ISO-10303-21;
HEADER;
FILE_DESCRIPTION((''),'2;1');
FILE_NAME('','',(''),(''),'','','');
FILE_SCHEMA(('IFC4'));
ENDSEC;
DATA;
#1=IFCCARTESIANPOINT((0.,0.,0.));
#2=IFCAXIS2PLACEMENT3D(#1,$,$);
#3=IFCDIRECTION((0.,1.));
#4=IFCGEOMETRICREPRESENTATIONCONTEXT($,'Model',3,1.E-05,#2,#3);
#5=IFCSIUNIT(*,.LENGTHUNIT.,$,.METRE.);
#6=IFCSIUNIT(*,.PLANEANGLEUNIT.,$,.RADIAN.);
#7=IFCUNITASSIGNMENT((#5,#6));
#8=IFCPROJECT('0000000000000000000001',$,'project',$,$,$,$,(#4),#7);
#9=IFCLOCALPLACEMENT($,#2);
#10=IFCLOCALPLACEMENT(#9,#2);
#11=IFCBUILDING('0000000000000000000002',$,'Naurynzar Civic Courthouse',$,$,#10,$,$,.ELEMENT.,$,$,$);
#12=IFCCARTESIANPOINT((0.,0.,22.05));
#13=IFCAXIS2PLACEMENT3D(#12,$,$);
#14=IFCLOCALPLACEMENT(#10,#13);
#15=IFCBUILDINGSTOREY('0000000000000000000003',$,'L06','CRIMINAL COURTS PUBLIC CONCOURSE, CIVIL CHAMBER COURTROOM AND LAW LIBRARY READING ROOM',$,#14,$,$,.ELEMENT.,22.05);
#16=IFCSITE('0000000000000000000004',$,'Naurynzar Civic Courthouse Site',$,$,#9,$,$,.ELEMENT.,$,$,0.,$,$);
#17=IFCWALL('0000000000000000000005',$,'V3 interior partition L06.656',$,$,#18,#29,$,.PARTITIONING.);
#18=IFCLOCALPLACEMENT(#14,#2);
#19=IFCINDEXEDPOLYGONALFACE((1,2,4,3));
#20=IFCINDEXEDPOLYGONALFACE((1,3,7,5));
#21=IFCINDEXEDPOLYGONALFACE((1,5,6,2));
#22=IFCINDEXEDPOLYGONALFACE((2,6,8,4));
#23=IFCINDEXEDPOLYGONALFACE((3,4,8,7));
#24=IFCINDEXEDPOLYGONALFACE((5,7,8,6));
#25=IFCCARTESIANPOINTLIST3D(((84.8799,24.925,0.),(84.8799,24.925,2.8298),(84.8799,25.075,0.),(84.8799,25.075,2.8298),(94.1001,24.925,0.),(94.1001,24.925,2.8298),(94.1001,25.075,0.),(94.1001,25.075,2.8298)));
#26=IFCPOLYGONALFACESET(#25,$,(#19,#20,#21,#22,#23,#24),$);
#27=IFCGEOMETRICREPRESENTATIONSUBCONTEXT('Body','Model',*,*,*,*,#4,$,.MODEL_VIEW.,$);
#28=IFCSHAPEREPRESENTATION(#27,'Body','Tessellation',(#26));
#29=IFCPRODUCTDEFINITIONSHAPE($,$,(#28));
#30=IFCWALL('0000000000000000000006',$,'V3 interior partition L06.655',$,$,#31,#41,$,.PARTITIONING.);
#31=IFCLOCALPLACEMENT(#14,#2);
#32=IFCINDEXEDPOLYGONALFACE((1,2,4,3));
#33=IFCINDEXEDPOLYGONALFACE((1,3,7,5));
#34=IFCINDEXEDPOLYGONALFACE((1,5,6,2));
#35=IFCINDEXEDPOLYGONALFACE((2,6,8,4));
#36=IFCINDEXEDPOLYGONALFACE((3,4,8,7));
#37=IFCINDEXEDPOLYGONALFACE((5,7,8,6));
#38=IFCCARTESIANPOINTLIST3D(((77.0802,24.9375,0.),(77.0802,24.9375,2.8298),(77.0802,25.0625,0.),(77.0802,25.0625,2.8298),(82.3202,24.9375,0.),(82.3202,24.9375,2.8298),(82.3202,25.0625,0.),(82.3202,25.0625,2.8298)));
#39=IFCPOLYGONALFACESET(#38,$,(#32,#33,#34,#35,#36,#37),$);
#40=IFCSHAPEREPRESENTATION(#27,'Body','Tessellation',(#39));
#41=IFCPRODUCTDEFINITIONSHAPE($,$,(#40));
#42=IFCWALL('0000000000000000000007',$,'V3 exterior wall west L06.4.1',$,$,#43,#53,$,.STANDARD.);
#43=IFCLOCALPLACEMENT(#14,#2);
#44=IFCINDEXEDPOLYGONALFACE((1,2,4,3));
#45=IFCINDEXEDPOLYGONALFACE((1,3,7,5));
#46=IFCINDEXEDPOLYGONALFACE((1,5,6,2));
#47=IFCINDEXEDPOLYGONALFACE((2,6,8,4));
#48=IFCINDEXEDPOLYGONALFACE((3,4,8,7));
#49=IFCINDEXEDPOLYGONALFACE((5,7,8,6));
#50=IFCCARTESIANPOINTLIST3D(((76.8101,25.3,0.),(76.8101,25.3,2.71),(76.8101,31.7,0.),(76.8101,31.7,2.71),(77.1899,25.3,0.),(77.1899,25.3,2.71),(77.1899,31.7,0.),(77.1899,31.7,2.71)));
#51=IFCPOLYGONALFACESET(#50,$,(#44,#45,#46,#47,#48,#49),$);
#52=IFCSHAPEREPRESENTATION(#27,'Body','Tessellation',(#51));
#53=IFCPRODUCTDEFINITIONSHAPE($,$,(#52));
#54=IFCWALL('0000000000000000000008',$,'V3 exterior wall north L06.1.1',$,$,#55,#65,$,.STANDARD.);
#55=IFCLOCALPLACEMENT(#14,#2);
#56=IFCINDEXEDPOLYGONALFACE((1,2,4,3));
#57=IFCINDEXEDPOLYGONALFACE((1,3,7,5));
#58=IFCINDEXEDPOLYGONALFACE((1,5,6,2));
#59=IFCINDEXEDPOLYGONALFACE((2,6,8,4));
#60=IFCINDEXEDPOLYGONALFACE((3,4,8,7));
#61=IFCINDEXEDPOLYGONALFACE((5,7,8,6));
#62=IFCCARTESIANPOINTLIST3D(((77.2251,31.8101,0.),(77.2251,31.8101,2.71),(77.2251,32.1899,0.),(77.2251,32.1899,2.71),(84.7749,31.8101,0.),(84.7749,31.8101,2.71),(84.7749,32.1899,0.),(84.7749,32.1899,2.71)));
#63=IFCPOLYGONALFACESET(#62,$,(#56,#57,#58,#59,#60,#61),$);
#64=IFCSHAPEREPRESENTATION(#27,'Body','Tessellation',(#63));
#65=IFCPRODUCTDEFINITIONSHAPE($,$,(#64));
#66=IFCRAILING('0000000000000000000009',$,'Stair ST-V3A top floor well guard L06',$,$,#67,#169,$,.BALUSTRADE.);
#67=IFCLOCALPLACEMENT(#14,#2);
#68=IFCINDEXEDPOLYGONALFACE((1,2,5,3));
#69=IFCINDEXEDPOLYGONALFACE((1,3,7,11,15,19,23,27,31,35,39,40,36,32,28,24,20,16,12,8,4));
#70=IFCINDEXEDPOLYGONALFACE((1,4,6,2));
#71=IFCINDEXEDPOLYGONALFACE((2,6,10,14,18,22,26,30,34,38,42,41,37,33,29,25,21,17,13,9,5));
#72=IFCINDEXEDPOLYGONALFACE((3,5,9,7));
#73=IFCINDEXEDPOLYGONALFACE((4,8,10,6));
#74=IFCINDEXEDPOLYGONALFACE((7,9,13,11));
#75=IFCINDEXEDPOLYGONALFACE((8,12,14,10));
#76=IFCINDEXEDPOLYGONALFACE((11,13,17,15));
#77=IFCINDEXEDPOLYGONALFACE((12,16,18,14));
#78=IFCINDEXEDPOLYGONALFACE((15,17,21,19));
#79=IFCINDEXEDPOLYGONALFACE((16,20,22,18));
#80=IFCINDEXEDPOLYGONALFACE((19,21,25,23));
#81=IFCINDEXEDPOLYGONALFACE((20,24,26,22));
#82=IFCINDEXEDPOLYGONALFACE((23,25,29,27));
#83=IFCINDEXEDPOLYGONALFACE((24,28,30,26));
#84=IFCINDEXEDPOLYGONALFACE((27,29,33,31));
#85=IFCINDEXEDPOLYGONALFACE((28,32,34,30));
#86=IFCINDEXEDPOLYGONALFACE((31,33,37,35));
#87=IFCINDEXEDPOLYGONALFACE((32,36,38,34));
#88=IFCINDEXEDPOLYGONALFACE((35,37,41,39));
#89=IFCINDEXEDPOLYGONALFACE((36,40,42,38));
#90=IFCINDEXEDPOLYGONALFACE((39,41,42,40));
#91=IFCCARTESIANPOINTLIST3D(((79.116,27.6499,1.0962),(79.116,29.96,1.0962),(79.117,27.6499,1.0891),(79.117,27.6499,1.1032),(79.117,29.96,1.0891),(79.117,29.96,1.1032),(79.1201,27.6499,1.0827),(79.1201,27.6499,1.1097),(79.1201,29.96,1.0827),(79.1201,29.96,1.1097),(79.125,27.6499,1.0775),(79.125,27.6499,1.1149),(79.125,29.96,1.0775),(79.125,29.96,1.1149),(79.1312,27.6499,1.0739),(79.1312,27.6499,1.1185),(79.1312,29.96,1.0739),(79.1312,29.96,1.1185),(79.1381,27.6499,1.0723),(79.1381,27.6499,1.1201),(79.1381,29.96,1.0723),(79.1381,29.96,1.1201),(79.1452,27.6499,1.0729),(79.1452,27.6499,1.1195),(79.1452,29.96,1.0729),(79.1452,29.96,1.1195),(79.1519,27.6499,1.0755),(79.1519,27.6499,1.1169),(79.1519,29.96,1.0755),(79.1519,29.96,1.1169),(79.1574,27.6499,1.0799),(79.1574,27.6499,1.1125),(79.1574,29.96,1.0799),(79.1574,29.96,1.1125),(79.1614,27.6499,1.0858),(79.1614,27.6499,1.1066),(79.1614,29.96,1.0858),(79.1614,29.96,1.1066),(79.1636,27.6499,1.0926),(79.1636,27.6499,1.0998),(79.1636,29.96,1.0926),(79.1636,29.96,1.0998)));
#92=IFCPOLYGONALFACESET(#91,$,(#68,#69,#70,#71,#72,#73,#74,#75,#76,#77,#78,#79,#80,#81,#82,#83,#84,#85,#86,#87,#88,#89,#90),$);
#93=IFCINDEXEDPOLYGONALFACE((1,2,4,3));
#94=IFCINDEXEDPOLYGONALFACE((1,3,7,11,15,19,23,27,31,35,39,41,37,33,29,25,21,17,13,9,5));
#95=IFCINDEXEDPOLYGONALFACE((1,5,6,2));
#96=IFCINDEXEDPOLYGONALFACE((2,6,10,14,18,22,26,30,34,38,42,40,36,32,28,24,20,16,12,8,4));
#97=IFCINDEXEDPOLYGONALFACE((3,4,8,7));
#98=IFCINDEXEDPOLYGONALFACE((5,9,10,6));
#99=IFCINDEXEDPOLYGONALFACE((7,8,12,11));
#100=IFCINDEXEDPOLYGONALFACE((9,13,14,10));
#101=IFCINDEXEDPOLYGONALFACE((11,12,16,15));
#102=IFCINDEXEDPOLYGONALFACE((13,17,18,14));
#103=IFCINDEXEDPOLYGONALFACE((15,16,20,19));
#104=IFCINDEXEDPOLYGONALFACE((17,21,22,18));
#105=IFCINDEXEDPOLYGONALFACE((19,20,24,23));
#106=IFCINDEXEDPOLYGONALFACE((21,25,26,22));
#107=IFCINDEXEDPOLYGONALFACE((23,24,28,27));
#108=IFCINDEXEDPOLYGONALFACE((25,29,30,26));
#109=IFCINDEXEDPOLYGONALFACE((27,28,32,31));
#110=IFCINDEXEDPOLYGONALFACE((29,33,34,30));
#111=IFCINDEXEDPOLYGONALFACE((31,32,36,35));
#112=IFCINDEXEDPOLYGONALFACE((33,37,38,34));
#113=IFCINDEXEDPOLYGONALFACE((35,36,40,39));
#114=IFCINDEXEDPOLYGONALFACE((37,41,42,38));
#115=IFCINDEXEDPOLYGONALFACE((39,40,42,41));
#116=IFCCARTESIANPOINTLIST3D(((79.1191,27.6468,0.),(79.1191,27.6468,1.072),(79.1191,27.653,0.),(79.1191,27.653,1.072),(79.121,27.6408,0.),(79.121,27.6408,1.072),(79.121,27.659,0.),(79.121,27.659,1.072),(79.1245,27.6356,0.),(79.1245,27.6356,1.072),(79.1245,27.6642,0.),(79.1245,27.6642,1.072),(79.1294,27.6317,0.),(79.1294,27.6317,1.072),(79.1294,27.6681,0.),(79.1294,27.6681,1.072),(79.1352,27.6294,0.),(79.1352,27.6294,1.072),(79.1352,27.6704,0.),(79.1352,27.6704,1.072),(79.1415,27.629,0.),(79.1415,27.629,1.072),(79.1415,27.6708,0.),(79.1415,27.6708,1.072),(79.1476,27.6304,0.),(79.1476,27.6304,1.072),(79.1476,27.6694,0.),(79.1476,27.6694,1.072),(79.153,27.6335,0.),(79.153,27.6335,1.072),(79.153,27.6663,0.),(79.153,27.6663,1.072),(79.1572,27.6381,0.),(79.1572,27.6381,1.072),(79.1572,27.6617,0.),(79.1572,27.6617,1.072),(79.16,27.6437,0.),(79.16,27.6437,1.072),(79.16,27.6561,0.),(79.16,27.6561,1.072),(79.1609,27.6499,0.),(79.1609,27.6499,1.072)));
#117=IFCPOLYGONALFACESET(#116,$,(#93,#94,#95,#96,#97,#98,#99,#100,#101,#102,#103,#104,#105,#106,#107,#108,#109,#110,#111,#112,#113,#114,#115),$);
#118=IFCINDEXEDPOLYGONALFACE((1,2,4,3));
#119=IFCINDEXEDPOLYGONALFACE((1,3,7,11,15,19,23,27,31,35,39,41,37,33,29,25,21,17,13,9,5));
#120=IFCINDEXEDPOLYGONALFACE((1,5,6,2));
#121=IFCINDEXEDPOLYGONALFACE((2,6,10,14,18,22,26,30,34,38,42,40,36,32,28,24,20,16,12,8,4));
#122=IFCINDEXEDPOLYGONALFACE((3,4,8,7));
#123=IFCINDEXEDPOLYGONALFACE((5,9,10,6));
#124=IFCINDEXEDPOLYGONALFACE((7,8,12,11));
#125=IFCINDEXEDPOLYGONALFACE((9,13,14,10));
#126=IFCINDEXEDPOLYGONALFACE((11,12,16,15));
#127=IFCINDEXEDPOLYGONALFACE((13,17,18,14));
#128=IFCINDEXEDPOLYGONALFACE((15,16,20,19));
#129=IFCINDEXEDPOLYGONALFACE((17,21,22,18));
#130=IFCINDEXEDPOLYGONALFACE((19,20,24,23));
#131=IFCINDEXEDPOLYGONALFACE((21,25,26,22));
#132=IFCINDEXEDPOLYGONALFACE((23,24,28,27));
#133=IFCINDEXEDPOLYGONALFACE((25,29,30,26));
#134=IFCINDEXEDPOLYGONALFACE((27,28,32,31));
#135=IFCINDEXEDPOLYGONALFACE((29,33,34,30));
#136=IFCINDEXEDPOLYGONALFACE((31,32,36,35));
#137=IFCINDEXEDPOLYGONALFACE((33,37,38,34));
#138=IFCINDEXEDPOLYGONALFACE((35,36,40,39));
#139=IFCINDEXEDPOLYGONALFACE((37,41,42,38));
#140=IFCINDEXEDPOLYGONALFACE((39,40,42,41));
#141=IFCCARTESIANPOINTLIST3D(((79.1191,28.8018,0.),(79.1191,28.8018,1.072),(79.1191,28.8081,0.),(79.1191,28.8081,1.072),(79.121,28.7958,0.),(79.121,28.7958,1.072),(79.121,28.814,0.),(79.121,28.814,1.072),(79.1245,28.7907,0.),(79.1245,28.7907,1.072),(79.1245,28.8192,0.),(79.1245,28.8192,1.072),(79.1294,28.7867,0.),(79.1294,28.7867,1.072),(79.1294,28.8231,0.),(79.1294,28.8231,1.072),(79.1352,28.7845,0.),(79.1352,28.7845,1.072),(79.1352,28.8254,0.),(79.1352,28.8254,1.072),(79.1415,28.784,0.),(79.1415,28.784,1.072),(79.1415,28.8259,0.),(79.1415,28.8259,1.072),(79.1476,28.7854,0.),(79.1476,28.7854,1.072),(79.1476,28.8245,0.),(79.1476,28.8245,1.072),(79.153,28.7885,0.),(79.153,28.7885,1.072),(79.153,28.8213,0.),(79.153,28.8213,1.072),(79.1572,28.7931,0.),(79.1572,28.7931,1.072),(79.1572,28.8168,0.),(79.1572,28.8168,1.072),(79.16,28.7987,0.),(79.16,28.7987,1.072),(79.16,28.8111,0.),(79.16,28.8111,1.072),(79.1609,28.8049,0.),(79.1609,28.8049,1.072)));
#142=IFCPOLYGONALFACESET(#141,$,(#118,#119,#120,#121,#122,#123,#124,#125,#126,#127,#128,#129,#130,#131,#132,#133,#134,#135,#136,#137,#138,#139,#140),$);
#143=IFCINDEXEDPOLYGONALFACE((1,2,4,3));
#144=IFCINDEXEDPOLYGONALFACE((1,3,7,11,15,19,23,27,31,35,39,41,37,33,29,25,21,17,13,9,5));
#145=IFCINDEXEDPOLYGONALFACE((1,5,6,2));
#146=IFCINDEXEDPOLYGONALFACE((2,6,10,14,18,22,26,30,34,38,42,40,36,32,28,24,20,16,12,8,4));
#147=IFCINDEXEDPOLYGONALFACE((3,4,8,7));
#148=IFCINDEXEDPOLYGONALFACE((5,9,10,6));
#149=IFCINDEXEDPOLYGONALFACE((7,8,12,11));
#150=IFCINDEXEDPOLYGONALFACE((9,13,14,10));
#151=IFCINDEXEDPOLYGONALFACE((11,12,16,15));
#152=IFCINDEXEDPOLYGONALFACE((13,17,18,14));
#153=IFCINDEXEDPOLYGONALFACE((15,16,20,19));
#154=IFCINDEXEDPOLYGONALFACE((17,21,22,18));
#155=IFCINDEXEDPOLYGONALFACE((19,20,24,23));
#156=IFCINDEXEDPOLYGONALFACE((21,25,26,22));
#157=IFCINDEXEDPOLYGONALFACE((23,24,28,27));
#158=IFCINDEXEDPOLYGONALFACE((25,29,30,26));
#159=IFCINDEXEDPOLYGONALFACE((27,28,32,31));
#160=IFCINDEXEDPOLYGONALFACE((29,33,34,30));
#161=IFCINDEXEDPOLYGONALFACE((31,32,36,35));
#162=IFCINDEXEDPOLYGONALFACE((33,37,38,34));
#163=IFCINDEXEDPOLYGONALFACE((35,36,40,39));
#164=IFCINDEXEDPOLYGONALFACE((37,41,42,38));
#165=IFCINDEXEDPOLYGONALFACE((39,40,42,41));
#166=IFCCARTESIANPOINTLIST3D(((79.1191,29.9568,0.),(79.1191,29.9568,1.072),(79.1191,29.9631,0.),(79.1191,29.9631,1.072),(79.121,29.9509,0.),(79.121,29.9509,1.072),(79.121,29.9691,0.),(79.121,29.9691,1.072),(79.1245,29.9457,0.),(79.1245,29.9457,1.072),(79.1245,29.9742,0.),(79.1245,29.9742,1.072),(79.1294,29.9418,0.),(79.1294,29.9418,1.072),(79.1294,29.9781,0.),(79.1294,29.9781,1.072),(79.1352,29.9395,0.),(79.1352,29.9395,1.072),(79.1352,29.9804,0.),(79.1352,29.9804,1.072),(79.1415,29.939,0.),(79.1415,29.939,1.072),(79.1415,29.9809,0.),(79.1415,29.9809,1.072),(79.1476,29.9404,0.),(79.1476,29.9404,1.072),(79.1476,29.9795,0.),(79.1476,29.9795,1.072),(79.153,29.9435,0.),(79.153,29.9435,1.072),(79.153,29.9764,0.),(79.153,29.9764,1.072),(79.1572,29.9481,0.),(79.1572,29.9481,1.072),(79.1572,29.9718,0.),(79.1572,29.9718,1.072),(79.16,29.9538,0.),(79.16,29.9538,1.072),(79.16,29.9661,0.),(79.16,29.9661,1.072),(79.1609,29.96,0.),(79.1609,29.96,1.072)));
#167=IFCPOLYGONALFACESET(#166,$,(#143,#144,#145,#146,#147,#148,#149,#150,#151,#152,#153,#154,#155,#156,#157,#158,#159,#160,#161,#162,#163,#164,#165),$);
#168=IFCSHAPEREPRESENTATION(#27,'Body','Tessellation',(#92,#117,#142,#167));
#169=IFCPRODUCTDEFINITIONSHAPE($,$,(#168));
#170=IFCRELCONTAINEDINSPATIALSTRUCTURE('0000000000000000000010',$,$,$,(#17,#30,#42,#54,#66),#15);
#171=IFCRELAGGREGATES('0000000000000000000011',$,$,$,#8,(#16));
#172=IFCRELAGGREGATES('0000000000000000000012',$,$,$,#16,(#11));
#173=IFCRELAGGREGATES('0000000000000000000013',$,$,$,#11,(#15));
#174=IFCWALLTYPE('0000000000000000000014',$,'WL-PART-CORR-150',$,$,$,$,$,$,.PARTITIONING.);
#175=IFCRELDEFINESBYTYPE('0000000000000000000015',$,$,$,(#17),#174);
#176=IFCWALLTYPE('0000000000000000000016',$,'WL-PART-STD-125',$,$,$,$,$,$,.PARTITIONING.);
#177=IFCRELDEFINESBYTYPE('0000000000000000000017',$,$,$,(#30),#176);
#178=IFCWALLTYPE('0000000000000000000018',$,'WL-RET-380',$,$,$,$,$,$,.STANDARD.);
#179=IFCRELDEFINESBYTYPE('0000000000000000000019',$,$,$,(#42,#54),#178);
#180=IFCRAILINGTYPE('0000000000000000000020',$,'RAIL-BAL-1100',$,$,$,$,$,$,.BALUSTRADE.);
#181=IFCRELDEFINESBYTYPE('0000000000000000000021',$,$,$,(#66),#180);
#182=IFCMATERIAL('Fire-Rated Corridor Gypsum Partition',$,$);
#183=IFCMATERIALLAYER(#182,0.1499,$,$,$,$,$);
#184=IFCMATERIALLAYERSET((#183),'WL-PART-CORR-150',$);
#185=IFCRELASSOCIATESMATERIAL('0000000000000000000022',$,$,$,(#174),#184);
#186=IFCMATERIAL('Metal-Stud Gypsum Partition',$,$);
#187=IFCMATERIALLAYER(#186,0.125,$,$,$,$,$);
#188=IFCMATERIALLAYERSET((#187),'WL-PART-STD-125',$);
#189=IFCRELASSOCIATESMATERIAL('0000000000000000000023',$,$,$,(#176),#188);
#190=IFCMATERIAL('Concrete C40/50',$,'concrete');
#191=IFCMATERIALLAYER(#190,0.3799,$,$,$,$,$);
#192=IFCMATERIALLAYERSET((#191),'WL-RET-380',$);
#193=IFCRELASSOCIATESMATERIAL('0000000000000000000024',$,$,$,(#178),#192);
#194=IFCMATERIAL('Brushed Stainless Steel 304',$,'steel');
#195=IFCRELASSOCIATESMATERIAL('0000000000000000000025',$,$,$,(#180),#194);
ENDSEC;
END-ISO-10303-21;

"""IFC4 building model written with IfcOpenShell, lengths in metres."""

from ifc_helpers import new_model, si_unit, direction, frame, frame_2d, origin, origin_2d, place, context, subcontext, project, spatial, rectangle, circle, extrude, material, layer, layer_set, type_object, element, save


model = new_model("IFC4")

# Units and contexts
model_context = context("Model", 3, precision=1e-05, world=origin(), true_north=direction((0.0, 1.0)))
body_context = subcontext(model_context, "Body", "Model", "MODEL_VIEW")
ifc_project = project(units=[si_unit("LENGTHUNIT", "METRE"), si_unit("PLANEANGLEUNIT", "RADIAN")], contexts=[model_context])

# Site, building, storey
site_placement = place(None, origin())
site = spatial("IfcSite", under=ifc_project, at=site_placement, Name="Naurynzar Civic Courthouse Site", CompositionType="ELEMENT", RefElevation=0.0)
building_placement = place(site_placement, origin())
building = spatial("IfcBuilding", under=site, at=building_placement, Name="Naurynzar Civic Courthouse", CompositionType="ELEMENT")
storey_placement = place(building_placement, frame((0.0, 0.0, 22.05)))
storey = spatial("IfcBuildingStorey", under=building, at=storey_placement, Name="L06", Description="CRIMINAL COURTS PUBLIC CONCOURSE, CIVIL CHAMBER COURTROOM AND LAW LIBRARY READING ROOM", CompositionType="ELEMENT", Elevation=22.05)

# Walls
ifc_material_1 = material(Name="Fire-Rated Corridor Gypsum Partition")
ifc_layer_1 = layer(ifc_material_1, 0.1499)
ifc_layer_set_1 = layer_set([ifc_layer_1], Name="WL-PART-CORR-150")
wall_type_1 = type_object("IfcWallType", Name="WL-PART-CORR-150", PredefinedType="PARTITIONING", material=ifc_layer_set_1)
wall_1_placement = place(storey_placement, frame((84.8799, 25.0, 0.0), z_axis=(0.0, 0.0, 1.0), x_axis=(1.0, 0.0, 0.0)))
element("IfcWall", 1, at=wall_1_placement, inside=storey, type_object=wall_type_1, Name="V3 interior partition L06.656", PredefinedType="PARTITIONING", context=body_context, shape_type="SweptSolid", body=[
    extrude(rectangle(XDim=9.2202, YDim=0.1499, at=frame_2d((4.6101, 0.0))), origin(), (0.0, 0.0, 1.0), 2.8298),
])
ifc_material_2 = material(Name="Metal-Stud Gypsum Partition")
ifc_layer_2 = layer(ifc_material_2, 0.125)
ifc_layer_set_2 = layer_set([ifc_layer_2], Name="WL-PART-STD-125")
wall_type_2 = type_object("IfcWallType", Name="WL-PART-STD-125", PredefinedType="PARTITIONING", material=ifc_layer_set_2)
wall_2_placement = place(storey_placement, frame((77.0801, 25.0, 0.0), z_axis=(0.0, 0.0, 1.0), x_axis=(1.0, 0.0, 0.0)))
element("IfcWall", 2, at=wall_2_placement, inside=storey, type_object=wall_type_2, Name="V3 interior partition L06.655", PredefinedType="PARTITIONING", context=body_context, shape_type="SweptSolid", body=[
    extrude(rectangle(XDim=5.24, YDim=0.125, at=frame_2d((2.6201, 0.0))), origin(), (0.0, 0.0, 1.0), 2.8298),
])
ifc_material_3 = material(Name="Concrete C40/50", Category="concrete")
ifc_layer_3 = layer(ifc_material_3, 0.3799)
ifc_layer_set_3 = layer_set([ifc_layer_3], Name="WL-RET-380")
wall_type_3 = type_object("IfcWallType", Name="WL-RET-380", PredefinedType="STANDARD", material=ifc_layer_set_3)
wall_3_placement = place(storey_placement, frame((77.0, 25.3, 0.0), z_axis=(0.0, 0.0, 1.0), x_axis=(0.0, 1.0, 0.0)))
element("IfcWall", 3, at=wall_3_placement, inside=storey, type_object=wall_type_3, Name="V3 exterior wall west L06.4.1", PredefinedType="STANDARD", context=body_context, shape_type="SweptSolid", body=[
    extrude(rectangle(XDim=6.3999, YDim=0.3799, at=frame_2d((3.2, 0.0))), origin(), (0.0, 0.0, 1.0), 2.71),
])
wall_4_placement = place(storey_placement, frame((77.2251, 32.0, 0.0), z_axis=(0.0, 0.0, 1.0), x_axis=(1.0, 0.0, 0.0)))
element("IfcWall", 4, at=wall_4_placement, inside=storey, type_object=wall_type_3, Name="V3 exterior wall north L06.1.1", PredefinedType="STANDARD", context=body_context, shape_type="SweptSolid", body=[
    extrude(rectangle(XDim=7.5498, YDim=0.3799, at=frame_2d((3.7749, 0.0))), origin(), (0.0, 0.0, 1.0), 2.71),
])

# Railing
ifc_material_4 = material(Name="Brushed Stainless Steel 304", Category="steel")
railing_type = type_object("IfcRailingType", Name="RAIL-BAL-1100", PredefinedType="BALUSTRADE", material=ifc_material_4)
railing_placement = place(storey_placement, frame((79.1399, 27.6499, 0.0)))
element("IfcRailing", 5, at=railing_placement, inside=storey, type_object=railing_type, Name="Stair ST-V3A top floor well guard L06", PredefinedType="BALUSTRADE", context=body_context, shape_type="SweptSolid", body=[
    extrude(circle(Radius=0.0239, at=origin_2d()), frame((0.0, 0.0, 1.0962), z_axis=(0.0, 1.0, 0.0), x_axis=(-1.0, 0.0, 0.0)), (0.0, 0.0, 1.0), 2.3101),
    extrude(circle(Radius=0.021, at=origin_2d()), origin(), (0.0, 0.0, 1.0), 1.072),
    extrude(circle(Radius=0.021, at=origin_2d()), frame((0.0, 1.155, 0.0)), (0.0, 0.0, 1.0), 1.072),
    extrude(circle(Radius=0.021, at=origin_2d()), frame((0.0, 2.3101, 0.0)), (0.0, 0.0, 1.0), 1.072),
])

save(model, "model.ifc")
